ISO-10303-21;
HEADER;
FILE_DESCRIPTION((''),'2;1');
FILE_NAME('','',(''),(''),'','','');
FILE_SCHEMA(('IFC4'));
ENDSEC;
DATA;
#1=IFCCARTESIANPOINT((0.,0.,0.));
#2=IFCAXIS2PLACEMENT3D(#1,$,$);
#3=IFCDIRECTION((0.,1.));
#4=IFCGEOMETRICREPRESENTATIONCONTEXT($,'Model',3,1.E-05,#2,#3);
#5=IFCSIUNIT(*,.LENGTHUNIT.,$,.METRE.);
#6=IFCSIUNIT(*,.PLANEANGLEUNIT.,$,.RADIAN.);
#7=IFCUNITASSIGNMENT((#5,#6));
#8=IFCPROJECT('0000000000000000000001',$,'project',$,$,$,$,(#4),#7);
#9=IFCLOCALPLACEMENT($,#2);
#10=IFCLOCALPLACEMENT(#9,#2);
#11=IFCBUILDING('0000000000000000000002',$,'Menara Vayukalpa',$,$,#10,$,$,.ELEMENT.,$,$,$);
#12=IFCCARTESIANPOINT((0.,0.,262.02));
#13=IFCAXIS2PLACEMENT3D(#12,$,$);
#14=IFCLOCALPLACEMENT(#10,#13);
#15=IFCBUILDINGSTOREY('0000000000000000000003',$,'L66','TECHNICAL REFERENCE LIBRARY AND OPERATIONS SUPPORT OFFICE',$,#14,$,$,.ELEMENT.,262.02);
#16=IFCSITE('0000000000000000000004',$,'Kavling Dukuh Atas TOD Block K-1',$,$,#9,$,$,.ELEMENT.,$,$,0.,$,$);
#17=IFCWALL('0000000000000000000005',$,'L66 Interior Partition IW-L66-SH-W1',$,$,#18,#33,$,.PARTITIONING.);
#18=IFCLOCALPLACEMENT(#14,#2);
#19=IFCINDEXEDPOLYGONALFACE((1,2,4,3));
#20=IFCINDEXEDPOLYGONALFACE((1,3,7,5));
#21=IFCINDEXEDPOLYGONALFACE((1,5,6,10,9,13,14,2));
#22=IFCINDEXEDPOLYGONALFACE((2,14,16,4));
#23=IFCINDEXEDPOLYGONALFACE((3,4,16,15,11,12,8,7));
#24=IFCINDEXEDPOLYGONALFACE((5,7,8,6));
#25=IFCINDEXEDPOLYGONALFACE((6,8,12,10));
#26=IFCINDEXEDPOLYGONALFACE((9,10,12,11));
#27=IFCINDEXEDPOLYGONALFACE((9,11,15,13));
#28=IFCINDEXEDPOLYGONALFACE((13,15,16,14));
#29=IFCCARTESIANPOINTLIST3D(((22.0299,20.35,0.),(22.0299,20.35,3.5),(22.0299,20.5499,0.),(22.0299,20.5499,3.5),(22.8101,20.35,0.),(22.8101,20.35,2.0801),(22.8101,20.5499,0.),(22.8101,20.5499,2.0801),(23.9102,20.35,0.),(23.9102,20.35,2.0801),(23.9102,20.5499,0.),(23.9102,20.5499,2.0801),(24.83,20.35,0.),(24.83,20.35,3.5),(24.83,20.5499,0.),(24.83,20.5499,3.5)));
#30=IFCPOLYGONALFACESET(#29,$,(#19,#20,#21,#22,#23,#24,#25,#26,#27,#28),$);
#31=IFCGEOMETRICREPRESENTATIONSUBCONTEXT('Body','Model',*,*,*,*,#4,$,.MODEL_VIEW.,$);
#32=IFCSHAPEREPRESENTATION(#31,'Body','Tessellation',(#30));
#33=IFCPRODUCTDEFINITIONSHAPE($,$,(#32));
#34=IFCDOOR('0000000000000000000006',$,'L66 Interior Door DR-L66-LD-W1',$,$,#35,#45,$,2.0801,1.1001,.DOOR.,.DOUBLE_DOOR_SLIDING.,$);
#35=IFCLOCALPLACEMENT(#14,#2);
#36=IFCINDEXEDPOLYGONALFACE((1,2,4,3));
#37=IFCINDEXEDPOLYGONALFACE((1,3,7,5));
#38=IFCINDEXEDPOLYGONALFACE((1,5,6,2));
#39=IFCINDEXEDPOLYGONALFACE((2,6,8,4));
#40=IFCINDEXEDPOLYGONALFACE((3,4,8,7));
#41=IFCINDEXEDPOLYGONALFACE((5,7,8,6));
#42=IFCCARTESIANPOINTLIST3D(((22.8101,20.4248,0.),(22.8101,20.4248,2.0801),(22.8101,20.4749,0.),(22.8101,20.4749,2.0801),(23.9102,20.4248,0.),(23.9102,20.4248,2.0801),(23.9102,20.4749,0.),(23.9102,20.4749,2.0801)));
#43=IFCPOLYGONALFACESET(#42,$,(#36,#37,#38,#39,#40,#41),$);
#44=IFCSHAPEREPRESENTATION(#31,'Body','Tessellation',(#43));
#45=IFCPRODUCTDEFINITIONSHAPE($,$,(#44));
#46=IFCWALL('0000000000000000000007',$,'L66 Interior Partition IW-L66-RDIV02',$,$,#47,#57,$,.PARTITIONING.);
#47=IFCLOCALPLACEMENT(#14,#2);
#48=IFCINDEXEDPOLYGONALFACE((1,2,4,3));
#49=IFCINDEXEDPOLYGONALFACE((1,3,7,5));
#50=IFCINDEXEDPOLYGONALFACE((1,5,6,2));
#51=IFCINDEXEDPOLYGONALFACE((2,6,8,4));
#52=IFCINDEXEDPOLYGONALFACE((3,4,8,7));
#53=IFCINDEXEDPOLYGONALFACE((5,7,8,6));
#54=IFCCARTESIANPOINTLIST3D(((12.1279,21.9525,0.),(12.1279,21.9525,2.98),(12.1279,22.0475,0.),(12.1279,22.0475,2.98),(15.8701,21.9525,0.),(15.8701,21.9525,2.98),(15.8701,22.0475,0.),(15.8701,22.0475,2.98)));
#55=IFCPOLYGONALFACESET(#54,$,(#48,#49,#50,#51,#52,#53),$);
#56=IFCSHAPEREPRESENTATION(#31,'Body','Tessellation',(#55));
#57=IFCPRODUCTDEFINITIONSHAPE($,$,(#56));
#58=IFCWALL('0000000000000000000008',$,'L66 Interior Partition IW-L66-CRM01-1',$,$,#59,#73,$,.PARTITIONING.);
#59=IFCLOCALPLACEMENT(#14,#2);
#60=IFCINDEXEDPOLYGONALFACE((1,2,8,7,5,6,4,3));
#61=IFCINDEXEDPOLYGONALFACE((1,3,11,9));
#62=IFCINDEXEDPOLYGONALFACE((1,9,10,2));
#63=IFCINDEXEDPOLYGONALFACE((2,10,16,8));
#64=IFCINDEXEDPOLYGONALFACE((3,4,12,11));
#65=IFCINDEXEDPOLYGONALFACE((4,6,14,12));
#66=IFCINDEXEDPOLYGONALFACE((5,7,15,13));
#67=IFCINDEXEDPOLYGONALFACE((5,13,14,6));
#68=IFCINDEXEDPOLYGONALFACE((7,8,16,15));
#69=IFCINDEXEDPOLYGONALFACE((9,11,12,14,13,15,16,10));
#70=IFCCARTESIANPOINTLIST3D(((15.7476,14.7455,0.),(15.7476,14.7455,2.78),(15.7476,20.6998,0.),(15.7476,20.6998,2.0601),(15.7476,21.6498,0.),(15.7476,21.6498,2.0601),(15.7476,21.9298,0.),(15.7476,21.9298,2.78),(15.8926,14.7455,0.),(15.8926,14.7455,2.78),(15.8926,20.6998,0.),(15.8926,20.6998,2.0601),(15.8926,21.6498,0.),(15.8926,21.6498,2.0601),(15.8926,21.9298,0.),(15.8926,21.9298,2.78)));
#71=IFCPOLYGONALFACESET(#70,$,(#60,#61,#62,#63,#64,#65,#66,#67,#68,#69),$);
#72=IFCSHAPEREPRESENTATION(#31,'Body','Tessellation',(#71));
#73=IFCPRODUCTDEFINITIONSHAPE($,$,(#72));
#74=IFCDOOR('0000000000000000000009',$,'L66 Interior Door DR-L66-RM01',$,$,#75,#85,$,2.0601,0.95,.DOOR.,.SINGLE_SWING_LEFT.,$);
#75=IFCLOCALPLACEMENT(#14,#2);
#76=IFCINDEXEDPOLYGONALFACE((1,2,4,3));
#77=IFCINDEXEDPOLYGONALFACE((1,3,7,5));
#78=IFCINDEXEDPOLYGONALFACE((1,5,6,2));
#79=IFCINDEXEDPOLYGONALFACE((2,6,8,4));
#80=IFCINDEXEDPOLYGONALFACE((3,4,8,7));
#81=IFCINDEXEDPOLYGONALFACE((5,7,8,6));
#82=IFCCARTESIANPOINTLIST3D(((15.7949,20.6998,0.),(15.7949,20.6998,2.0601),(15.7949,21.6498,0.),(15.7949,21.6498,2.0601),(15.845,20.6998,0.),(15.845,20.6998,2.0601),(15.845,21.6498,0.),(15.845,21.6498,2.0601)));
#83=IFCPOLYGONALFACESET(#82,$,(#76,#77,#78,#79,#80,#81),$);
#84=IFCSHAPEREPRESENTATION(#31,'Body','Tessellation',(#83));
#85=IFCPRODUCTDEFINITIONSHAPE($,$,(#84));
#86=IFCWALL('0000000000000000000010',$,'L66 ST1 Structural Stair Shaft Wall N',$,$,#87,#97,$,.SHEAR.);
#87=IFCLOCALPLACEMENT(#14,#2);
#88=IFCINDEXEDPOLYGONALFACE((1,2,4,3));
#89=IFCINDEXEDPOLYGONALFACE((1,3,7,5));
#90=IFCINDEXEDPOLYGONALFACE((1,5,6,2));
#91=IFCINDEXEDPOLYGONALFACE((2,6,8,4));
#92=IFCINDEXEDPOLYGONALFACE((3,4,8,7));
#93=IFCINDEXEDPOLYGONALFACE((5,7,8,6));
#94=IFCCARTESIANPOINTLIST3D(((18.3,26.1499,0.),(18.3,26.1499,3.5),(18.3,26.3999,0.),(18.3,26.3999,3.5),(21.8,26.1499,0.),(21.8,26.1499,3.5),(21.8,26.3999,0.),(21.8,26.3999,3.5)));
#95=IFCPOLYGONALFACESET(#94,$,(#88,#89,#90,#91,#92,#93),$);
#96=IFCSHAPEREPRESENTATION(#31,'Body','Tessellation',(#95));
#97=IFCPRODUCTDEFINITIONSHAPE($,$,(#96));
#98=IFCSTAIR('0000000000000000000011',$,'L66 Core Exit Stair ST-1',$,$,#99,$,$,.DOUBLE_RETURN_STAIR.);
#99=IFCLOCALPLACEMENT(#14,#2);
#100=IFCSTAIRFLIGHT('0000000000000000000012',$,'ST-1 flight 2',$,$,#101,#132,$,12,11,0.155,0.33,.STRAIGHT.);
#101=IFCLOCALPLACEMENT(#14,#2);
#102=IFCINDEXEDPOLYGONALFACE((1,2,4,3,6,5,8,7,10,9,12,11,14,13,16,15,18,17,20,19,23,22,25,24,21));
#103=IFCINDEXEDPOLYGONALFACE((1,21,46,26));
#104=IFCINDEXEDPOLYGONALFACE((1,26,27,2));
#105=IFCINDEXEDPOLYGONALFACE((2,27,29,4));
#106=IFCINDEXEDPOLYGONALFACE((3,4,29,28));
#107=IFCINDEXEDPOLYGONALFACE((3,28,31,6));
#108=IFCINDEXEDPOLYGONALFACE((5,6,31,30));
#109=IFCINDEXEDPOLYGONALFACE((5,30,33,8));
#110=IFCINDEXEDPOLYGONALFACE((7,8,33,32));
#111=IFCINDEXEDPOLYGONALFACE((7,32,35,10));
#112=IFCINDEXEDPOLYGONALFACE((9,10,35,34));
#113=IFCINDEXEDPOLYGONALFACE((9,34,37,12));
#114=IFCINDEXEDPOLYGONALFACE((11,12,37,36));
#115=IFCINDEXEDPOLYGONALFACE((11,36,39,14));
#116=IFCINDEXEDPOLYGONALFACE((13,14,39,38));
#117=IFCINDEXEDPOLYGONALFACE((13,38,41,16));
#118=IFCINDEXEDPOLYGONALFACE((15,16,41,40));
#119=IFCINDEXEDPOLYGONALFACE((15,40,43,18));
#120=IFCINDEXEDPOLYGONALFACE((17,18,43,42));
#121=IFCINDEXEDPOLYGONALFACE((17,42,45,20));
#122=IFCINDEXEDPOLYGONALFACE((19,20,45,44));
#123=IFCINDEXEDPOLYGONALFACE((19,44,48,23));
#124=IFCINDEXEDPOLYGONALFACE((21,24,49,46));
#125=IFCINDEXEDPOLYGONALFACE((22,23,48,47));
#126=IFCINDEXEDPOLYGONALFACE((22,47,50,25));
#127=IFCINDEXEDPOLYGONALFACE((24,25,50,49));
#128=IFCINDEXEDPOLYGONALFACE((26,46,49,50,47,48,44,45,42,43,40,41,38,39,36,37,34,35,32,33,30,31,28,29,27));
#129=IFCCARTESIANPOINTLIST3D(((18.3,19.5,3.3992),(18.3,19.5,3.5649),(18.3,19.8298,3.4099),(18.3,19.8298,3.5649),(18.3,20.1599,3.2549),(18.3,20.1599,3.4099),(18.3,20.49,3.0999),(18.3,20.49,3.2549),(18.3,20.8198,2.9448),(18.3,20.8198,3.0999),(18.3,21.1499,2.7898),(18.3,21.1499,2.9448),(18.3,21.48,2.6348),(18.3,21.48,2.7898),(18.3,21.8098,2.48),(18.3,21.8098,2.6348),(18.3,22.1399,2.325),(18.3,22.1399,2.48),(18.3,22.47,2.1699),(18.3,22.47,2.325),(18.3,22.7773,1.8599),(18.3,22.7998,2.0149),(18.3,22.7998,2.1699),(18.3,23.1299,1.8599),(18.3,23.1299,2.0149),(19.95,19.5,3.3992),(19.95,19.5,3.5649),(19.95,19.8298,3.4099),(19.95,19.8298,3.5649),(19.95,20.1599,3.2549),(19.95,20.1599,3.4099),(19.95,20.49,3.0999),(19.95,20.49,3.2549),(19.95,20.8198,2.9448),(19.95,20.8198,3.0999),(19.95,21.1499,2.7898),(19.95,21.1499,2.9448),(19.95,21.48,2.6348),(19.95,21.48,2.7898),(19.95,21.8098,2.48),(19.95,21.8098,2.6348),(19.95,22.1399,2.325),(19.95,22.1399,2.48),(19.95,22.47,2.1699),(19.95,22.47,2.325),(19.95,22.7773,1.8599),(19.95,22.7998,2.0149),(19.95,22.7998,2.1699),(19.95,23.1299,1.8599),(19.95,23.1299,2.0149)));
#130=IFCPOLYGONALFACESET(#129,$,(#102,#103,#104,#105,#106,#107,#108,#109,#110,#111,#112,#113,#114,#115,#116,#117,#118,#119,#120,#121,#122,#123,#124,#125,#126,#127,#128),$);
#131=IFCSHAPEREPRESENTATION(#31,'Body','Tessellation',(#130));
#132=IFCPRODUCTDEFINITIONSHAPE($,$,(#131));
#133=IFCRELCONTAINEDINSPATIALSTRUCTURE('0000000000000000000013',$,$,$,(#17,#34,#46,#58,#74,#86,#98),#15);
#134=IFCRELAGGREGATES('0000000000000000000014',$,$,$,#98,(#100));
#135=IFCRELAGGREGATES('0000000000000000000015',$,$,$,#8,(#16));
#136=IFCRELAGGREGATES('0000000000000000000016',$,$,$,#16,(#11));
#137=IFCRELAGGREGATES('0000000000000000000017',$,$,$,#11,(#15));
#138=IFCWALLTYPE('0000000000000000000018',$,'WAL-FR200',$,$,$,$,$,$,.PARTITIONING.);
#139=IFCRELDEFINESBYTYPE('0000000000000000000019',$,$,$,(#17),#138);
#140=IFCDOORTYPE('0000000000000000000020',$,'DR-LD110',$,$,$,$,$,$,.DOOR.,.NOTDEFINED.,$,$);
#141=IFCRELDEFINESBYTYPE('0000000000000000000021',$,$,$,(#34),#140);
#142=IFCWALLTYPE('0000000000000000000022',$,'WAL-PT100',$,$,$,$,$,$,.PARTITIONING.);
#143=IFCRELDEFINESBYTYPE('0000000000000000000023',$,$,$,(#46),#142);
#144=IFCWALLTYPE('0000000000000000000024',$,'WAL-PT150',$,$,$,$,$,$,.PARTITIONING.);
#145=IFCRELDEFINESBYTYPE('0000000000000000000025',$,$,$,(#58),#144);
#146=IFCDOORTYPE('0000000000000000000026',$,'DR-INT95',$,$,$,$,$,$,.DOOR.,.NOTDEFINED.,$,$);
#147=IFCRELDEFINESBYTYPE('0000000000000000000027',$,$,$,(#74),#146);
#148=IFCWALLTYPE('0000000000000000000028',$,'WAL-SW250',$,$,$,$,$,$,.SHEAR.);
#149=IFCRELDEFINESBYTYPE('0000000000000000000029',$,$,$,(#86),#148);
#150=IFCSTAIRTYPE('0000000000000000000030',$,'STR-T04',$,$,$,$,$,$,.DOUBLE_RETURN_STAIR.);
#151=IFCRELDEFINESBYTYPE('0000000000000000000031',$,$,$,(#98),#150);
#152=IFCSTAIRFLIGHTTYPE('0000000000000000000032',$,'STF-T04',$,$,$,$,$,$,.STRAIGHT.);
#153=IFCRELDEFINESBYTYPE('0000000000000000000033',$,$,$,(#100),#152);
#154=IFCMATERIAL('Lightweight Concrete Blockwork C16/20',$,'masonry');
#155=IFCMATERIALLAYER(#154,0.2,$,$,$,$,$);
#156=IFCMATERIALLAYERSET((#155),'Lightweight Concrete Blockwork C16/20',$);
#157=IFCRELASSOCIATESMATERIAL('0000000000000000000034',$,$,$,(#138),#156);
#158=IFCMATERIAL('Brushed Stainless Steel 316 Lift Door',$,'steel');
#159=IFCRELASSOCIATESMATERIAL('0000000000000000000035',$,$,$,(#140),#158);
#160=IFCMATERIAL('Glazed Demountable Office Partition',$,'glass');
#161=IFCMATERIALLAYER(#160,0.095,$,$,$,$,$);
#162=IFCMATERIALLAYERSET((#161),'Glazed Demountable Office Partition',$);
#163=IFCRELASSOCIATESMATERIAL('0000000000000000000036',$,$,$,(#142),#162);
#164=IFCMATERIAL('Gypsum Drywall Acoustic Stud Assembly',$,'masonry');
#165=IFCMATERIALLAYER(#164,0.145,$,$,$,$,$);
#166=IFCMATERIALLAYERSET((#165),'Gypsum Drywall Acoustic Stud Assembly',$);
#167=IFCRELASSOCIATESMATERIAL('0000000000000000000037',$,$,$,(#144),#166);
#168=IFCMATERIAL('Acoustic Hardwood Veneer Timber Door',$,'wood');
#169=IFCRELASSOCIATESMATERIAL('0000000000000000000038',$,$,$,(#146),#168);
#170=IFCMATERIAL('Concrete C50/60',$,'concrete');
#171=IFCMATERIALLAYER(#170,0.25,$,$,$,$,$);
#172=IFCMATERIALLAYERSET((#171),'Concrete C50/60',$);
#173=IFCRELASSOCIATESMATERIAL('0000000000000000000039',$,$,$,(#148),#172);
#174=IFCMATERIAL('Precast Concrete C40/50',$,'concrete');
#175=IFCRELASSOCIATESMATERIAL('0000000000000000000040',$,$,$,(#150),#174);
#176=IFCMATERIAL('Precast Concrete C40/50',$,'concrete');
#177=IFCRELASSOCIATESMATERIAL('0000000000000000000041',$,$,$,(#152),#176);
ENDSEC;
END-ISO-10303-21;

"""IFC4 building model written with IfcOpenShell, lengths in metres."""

from ifc_helpers import new_model, si_unit, direction, frame, frame_2d, origin, place, context, subcontext, project, spatial, polyline, rectangle, outline, extrude, material, layer, layer_set, type_object, element, fill, aggregate, save


model = new_model("IFC4")

# Units and contexts
model_context = context("Model", 3, precision=1e-05, world=origin(), true_north=direction((0.0, 1.0)))
body_context = subcontext(model_context, "Body", "Model", "MODEL_VIEW")
ifc_project = project(units=[si_unit("LENGTHUNIT", "METRE"), si_unit("PLANEANGLEUNIT", "RADIAN")], contexts=[model_context])

# Site, building, storey
site_placement = place(None, origin())
site = spatial("IfcSite", under=ifc_project, at=site_placement, Name="Kavling Dukuh Atas TOD Block K-1", CompositionType="ELEMENT", RefElevation=0.0)
building_placement = place(site_placement, origin())
building = spatial("IfcBuilding", under=site, at=building_placement, Name="Menara Vayukalpa", CompositionType="ELEMENT")
storey_placement = place(building_placement, frame((0.0, 0.0, 262.02)))
storey = spatial("IfcBuildingStorey", under=building, at=storey_placement, Name="L66", Description="TECHNICAL REFERENCE LIBRARY AND OPERATIONS SUPPORT OFFICE", CompositionType="ELEMENT", Elevation=262.02)

# Wall, opening, door
ifc_material_1 = material(Name="Lightweight Concrete Blockwork C16/20", Category="masonry")
ifc_layer_1 = layer(ifc_material_1, 0.2)
ifc_layer_set_1 = layer_set([ifc_layer_1], Name="Lightweight Concrete Blockwork C16/20")
wall_type_1 = type_object("IfcWallType", Name="WAL-FR200", PredefinedType="PARTITIONING", material=ifc_layer_set_1)
wall_1_placement = place(storey_placement, frame((22.03, 20.45, 0.0), z_axis=(0.0, 0.0, 1.0), x_axis=(1.0, 0.0, 0.0)))
wall_1 = element("IfcWall", 1, at=wall_1_placement, inside=storey, type_object=wall_type_1, Name="L66 Interior Partition IW-L66-SH-W1", PredefinedType="PARTITIONING", context=body_context, shape_type="SweptSolid", body=[
    extrude(rectangle(XDim=2.8, YDim=0.2, at=frame_2d((1.3999, 0.0))), origin(), (0.0, 0.0, 1.0), 3.5),
])
opening_1_placement = place(wall_1_placement, frame((0.78, 0.0, 0.0)))
opening_1 = element("IfcOpeningElement", 2, at=opening_1_placement, cuts=wall_1, PredefinedType="OPENING", context=body_context, shape_type="SweptSolid", body=[
    extrude(rectangle(XDim=1.1001, YDim=2.0801, at=frame_2d((0.55, 1.04))), frame((0.0, 0.1099, 0.0), z_axis=(0.0, -1.0, 0.0), x_axis=(1.0, 0.0, 0.0)), (0.0, 0.0, 1.0), 0.22),
])
ifc_material_2 = material(Name="Brushed Stainless Steel 316 Lift Door", Category="steel")
door_type_1 = type_object("IfcDoorType", Name="DR-LD110", OperationType="NOTDEFINED", PredefinedType="DOOR", material=ifc_material_2)
door_1_placement = place(opening_1_placement, origin())
door_1 = element("IfcDoor", 3, at=door_1_placement, inside=storey, type_object=door_type_1, Name="L66 Interior Door DR-L66-LD-W1", OperationType="DOUBLE_DOOR_SLIDING", OverallHeight=2.0801, OverallWidth=1.1001, PredefinedType="DOOR", context=body_context, shape_type="SweptSolid", body=[
    extrude(rectangle(XDim=1.1001, YDim=2.0801, at=frame_2d((0.55, 1.04))), frame((0.0, 0.0249, 0.0), z_axis=(0.0, -1.0, 0.0), x_axis=(1.0, 0.0, 0.0)), (0.0, 0.0, 1.0), 0.05),
])
fill(opening_1, door_1)

# Wall
ifc_material_3 = material(Name="Glazed Demountable Office Partition", Category="glass")
ifc_layer_2 = layer(ifc_material_3, 0.095)
ifc_layer_set_2 = layer_set([ifc_layer_2], Name="Glazed Demountable Office Partition")
wall_type_2 = type_object("IfcWallType", Name="WAL-PT100", PredefinedType="PARTITIONING", material=ifc_layer_set_2)
wall_2_placement = place(storey_placement, frame((12.1279, 22.0, 0.0), z_axis=(0.0, 0.0, 1.0), x_axis=(1.0, 0.0, 0.0)))
element("IfcWall", 4, at=wall_2_placement, inside=storey, type_object=wall_type_2, Name="L66 Interior Partition IW-L66-RDIV02", PredefinedType="PARTITIONING", context=body_context, shape_type="SweptSolid", body=[
    extrude(rectangle(XDim=3.7422, YDim=0.095, at=frame_2d((1.8711, 0.0))), origin(), (0.0, 0.0, 1.0), 2.98),
])

# Wall, opening, door
ifc_material_4 = material(Name="Gypsum Drywall Acoustic Stud Assembly", Category="masonry")
ifc_layer_3 = layer(ifc_material_4, 0.145)
ifc_layer_set_3 = layer_set([ifc_layer_3], Name="Gypsum Drywall Acoustic Stud Assembly")
wall_type_3 = type_object("IfcWallType", Name="WAL-PT150", PredefinedType="PARTITIONING", material=ifc_layer_set_3)
wall_3_placement = place(storey_placement, frame((15.8201, 21.9299, 0.0), z_axis=(0.0, 0.0, 1.0), x_axis=(0.0, -1.0, 0.0)))
wall_3 = element("IfcWall", 5, at=wall_3_placement, inside=storey, type_object=wall_type_3, Name="L66 Interior Partition IW-L66-CRM01-1", PredefinedType="PARTITIONING", context=body_context, shape_type="SweptSolid", body=[
    extrude(rectangle(XDim=7.1843, YDim=0.145, at=frame_2d((3.5923, 0.0))), origin(), (0.0, 0.0, 1.0), 2.78),
])
opening_2_placement = place(wall_3_placement, frame((0.28, 0.0, 0.0)))
opening_2 = element("IfcOpeningElement", 6, at=opening_2_placement, cuts=wall_3, PredefinedType="OPENING", context=body_context, shape_type="SweptSolid", body=[
    extrude(rectangle(XDim=0.95, YDim=2.0601, at=frame_2d((0.4751, 1.03))), frame((0.0, 0.0825, 0.0), z_axis=(0.0, -1.0, 0.0), x_axis=(1.0, 0.0, 0.0)), (0.0, 0.0, 1.0), 0.165),
])
ifc_material_5 = material(Name="Acoustic Hardwood Veneer Timber Door", Category="wood")
door_type_2 = type_object("IfcDoorType", Name="DR-INT95", OperationType="NOTDEFINED", PredefinedType="DOOR", material=ifc_material_5)
door_2_placement = place(opening_2_placement, origin())
door_2 = element("IfcDoor", 7, at=door_2_placement, inside=storey, type_object=door_type_2, Name="L66 Interior Door DR-L66-RM01", OperationType="SINGLE_SWING_LEFT", OverallHeight=2.0601, OverallWidth=0.95, PredefinedType="DOOR", context=body_context, shape_type="SweptSolid", body=[
    extrude(rectangle(XDim=0.95, YDim=2.0601, at=frame_2d((0.4751, 1.03))), frame((0.0, 0.0249, 0.0), z_axis=(0.0, -1.0, 0.0), x_axis=(1.0, 0.0, 0.0)), (0.0, 0.0, 1.0), 0.05),
])
fill(opening_2, door_2)

# Wall
ifc_material_6 = material(Name="Concrete C50/60", Category="concrete")
ifc_layer_4 = layer(ifc_material_6, 0.25)
ifc_layer_set_4 = layer_set([ifc_layer_4], Name="Concrete C50/60")
wall_type_4 = type_object("IfcWallType", Name="WAL-SW250", PredefinedType="SHEAR", material=ifc_layer_set_4)
wall_4_placement = place(storey_placement, frame((18.3, 26.2749, 0.0), z_axis=(0.0, 0.0, 1.0), x_axis=(1.0, 0.0, 0.0)))
element("IfcWall", 8, at=wall_4_placement, inside=storey, type_object=wall_type_4, Name="L66 ST1 Structural Stair Shaft Wall N", PredefinedType="SHEAR", context=body_context, shape_type="SweptSolid", body=[
    extrude(rectangle(XDim=3.5, YDim=0.25, at=frame_2d((1.75, 0.0))), origin(), (0.0, 0.0, 1.0), 3.5),
])

# Stair, stair flight
ifc_material_7 = material(Name="Precast Concrete C40/50", Category="concrete")
stair_type = type_object("IfcStairType", Name="STR-T04", PredefinedType="DOUBLE_RETURN_STAIR", material=ifc_material_7)
stair_placement = place(storey_placement, origin())
stair = element("IfcStair", 9, at=stair_placement, inside=storey, type_object=stair_type, Name="L66 Core Exit Stair ST-1", PredefinedType="DOUBLE_RETURN_STAIR")
ifc_material_8 = material(Name="Precast Concrete C40/50", Category="concrete")
stair_flight_type = type_object("IfcStairFlightType", Name="STF-T04", PredefinedType="STRAIGHT", material=ifc_material_8)
stair_flight_placement = place(storey_placement, frame((19.125, 23.1299, 1.8599), z_axis=(0.0, 0.0, 1.0), x_axis=(0.0, -1.0, 0.0)))
stair_flight = element("IfcStairFlight", 10, at=stair_flight_placement, type_object=stair_flight_type, Name="ST-1 flight 2", NumberOfRisers=12, NumberOfTreads=11, PredefinedType="STRAIGHT", RiserHeight=0.155, TreadLength=0.33, context=body_context, shape_type="SweptSolid", body=[
    extrude(outline(polyline([(0.0, 0.0), (0.0, 0.155), (0.3301, 0.155), (0.3301, 0.3101), (0.6599, 0.3101), (0.6599, 0.4651), (0.99, 0.4651), (0.99, 0.6201), (1.3201, 0.6201), (1.3201, 0.7749), (1.6499, 0.7749), (1.6499, 0.9299), (1.98, 0.9299), (1.98, 1.085), (2.3101, 1.085), (2.3101, 1.24), (2.6399, 1.24), (2.6399, 1.395), (2.97, 1.395), (2.97, 1.55), (3.3, 1.55), (3.3, 1.7051), (3.6299, 1.7051), (3.6299, 1.8601), (3.6299, 1.5393), (0.3525, 0.0), (0.0, 0.0)])), frame((0.0, 0.825, 0.0), z_axis=(0.0, -1.0, 0.0), x_axis=(1.0, 0.0, 0.0)), (0.0, 0.0, 1.0), 1.6499),
])
aggregate(stair, [stair_flight])

save(model, "model.ifc")
